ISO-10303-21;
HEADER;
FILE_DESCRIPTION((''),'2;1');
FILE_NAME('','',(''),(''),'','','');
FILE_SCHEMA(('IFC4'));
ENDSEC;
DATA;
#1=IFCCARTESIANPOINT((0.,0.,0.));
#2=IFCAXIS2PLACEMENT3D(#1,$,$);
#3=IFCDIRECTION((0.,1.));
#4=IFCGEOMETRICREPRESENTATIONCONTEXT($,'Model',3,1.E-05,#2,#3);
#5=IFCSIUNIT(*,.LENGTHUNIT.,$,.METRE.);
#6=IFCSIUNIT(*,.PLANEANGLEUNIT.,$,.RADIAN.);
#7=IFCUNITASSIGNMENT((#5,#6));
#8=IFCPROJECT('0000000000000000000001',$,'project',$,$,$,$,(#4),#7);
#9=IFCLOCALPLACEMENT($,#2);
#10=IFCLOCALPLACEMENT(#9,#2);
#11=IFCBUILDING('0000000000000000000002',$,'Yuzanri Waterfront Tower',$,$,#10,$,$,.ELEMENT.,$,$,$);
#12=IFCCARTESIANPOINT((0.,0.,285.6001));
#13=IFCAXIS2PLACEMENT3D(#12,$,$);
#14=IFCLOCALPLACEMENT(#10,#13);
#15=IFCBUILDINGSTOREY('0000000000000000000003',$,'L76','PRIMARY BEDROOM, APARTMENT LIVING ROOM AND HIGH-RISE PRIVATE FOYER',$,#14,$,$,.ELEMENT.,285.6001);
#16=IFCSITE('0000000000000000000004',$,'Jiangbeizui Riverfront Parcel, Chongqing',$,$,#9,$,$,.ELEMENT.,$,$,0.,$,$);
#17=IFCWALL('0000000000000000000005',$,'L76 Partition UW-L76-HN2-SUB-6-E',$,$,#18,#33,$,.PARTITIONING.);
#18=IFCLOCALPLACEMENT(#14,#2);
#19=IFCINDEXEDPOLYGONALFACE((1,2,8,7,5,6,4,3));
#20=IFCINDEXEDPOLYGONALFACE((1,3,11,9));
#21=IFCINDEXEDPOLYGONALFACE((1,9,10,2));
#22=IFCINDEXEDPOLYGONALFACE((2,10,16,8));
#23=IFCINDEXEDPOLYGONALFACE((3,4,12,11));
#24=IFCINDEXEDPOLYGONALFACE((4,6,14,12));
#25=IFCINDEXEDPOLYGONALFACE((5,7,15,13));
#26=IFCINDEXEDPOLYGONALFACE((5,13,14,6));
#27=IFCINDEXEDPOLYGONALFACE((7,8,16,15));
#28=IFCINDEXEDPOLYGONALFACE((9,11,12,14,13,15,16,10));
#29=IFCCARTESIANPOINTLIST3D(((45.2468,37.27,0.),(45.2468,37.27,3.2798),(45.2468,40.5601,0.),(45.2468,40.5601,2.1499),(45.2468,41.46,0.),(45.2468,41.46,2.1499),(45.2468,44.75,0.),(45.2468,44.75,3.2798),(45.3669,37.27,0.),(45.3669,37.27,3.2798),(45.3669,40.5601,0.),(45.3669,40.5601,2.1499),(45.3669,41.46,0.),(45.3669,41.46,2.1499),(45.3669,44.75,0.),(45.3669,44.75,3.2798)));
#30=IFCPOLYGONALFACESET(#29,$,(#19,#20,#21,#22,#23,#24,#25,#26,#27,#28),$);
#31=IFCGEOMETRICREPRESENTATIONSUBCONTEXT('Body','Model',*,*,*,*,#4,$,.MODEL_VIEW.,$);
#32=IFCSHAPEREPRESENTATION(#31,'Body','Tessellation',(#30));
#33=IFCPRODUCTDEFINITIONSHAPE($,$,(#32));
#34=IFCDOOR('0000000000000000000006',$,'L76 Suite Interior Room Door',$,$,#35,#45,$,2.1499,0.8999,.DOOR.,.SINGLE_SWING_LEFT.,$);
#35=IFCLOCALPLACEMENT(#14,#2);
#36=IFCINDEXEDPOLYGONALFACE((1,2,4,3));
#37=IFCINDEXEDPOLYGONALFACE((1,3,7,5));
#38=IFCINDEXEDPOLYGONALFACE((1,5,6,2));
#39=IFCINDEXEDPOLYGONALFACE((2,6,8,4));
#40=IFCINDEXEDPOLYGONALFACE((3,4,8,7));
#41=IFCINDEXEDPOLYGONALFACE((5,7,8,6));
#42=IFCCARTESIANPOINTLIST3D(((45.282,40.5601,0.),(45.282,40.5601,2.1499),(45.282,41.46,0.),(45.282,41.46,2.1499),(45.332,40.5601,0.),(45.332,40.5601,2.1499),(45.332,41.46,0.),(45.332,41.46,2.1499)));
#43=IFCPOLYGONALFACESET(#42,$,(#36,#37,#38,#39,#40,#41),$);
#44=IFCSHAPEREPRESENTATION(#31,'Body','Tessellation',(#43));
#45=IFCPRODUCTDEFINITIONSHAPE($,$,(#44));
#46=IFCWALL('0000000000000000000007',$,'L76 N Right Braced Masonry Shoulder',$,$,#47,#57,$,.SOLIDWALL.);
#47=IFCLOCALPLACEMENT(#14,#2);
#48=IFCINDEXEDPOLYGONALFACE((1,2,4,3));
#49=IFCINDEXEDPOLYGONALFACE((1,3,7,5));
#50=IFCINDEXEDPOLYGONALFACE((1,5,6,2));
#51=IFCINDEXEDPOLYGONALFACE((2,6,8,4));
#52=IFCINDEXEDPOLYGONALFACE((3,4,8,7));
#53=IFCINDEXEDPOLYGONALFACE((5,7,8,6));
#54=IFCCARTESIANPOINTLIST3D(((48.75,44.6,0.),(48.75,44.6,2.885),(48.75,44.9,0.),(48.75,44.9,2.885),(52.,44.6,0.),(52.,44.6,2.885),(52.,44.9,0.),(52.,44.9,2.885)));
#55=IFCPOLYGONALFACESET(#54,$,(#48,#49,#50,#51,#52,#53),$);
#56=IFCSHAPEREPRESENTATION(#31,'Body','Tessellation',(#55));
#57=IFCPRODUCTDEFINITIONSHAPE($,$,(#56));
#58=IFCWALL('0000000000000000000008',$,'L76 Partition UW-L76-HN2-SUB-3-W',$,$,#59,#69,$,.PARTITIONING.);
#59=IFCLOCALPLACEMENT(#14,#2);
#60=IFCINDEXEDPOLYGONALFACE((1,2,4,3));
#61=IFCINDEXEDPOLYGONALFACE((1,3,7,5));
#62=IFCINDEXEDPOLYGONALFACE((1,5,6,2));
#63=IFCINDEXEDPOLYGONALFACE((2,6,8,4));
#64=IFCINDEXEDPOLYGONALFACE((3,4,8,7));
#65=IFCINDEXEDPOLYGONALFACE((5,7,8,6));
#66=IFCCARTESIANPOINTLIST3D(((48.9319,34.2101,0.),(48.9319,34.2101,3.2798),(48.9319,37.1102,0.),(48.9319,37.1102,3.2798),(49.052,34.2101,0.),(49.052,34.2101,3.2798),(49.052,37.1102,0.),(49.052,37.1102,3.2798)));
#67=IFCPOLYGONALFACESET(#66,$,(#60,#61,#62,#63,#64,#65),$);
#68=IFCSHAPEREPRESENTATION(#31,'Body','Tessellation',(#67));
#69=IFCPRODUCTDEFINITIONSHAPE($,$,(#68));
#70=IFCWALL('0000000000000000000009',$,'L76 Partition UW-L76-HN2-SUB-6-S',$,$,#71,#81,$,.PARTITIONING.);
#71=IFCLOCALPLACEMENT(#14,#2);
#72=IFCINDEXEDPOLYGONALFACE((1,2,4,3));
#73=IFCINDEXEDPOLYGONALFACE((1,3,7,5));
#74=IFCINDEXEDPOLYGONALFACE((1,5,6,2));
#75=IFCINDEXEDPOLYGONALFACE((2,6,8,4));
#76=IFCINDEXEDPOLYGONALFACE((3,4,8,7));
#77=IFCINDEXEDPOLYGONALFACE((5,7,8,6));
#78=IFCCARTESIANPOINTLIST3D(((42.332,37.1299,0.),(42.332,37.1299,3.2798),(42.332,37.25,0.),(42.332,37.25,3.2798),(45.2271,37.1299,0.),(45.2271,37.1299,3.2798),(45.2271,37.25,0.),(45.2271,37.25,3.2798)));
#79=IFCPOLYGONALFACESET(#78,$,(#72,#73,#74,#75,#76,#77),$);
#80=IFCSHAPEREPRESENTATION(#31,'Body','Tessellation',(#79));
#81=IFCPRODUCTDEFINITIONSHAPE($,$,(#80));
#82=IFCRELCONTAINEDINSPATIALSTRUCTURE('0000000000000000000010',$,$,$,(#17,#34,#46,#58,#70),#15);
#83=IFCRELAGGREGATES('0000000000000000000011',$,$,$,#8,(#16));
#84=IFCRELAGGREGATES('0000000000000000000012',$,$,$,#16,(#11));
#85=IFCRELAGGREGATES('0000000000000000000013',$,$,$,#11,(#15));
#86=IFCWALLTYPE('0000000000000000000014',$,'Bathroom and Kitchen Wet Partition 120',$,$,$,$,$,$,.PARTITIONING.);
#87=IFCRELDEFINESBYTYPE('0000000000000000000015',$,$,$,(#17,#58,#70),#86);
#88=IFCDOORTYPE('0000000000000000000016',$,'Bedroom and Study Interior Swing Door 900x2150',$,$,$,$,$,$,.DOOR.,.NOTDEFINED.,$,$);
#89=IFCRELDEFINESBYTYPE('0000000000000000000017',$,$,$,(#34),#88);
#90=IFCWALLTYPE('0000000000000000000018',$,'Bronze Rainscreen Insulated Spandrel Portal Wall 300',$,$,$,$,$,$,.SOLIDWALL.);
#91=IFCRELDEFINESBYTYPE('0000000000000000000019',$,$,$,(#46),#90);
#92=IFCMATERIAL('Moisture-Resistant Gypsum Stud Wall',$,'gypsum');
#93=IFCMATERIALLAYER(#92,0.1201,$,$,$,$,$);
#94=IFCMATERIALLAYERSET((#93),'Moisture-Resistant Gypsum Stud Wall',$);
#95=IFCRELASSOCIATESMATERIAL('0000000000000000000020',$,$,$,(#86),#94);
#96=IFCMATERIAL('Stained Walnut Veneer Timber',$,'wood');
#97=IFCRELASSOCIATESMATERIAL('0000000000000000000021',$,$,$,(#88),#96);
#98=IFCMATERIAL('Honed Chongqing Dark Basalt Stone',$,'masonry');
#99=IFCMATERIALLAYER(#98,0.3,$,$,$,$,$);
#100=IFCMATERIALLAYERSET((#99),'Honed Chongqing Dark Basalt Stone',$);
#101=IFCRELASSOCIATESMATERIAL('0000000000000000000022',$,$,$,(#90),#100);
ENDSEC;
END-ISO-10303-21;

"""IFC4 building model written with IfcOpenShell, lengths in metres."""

from ifc_helpers import new_model, si_unit, direction, frame, frame_2d, origin, place, context, subcontext, project, spatial, rectangle, extrude, source, transform, mapped, material, layer, layer_set, type_object, element, fill, save


model = new_model("IFC4")

# Units and contexts
model_context = context("Model", 3, precision=1e-05, world=origin(), true_north=direction((0.0, 1.0)))
body_context = subcontext(model_context, "Body", "Model", "MODEL_VIEW")
ifc_project = project(units=[si_unit("LENGTHUNIT", "METRE"), si_unit("PLANEANGLEUNIT", "RADIAN")], contexts=[model_context])

# Site, building, storey
site_placement = place(None, origin())
site = spatial("IfcSite", under=ifc_project, at=site_placement, Name="Jiangbeizui Riverfront Parcel, Chongqing", CompositionType="ELEMENT", RefElevation=0.0)
building_placement = place(site_placement, origin())
building = spatial("IfcBuilding", under=site, at=building_placement, Name="Yuzanri Waterfront Tower", CompositionType="ELEMENT")
storey_placement = place(building_placement, frame((0.0, 0.0, 285.6001)))
storey = spatial("IfcBuildingStorey", under=building, at=storey_placement, Name="L76", Description="PRIMARY BEDROOM, APARTMENT LIVING ROOM AND HIGH-RISE PRIVATE FOYER", CompositionType="ELEMENT", Elevation=285.6001)

# Wall, opening, door
ifc_material_1 = material(Name="Moisture-Resistant Gypsum Stud Wall", Category="gypsum")
ifc_layer_1 = layer(ifc_material_1, 0.1201)
ifc_layer_set_1 = layer_set([ifc_layer_1], Name="Moisture-Resistant Gypsum Stud Wall")
wall_type_1 = type_object("IfcWallType", Name="Bathroom and Kitchen Wet Partition 120", PredefinedType="PARTITIONING", material=ifc_layer_set_1)
ifc_material_2 = material(Name="Stained Walnut Veneer Timber", Category="wood")
door_type_1 = type_object("IfcDoorType", Name="Bedroom and Study Interior Swing Door 900x2150", OperationType="NOTDEFINED", PredefinedType="DOOR", material=ifc_material_2)
shared_shape_1 = source(origin(), body_context, "Body", "SweptSolid", [
    extrude(rectangle(XDim=0.8999, YDim=2.1499, at=frame_2d((0.45, 1.075))), frame((0.0, 0.0249, 0.0), z_axis=(0.0, -1.0, 0.0), x_axis=(1.0, 0.0, 0.0)), (0.0, 0.0, 1.0), 0.05),
])
wall_1_placement = place(storey_placement, frame((45.3069, 37.27, 0.0), z_axis=(0.0, 0.0, 1.0), x_axis=(0.0, 1.0, 0.0)))
wall_1 = element("IfcWall", 1, at=wall_1_placement, inside=storey, type_object=wall_type_1, Name="L76 Partition UW-L76-HN2-SUB-6-E", PredefinedType="PARTITIONING", context=body_context, shape_type="SweptSolid", body=[
    extrude(rectangle(XDim=7.48, YDim=0.1201, at=frame_2d((3.74, 0.0))), origin(), (0.0, 0.0, 1.0), 3.2798),
])
opening_1_placement = place(wall_1_placement, frame((3.29, 0.0, 0.0)))
opening_1 = element("IfcOpeningElement", 2, at=opening_1_placement, cuts=wall_1, PredefinedType="OPENING", context=body_context, shape_type="SweptSolid", body=[
    extrude(rectangle(XDim=0.8999, YDim=2.1499, at=frame_2d((0.45, 1.075))), frame((0.0, 0.075, 0.0), z_axis=(0.0, -1.0, 0.0), x_axis=(1.0, 0.0, 0.0)), (0.0, 0.0, 1.0), 0.1499),
])
door_1_placement = place(opening_1_placement, origin())
door_1 = element("IfcDoor", 3, at=door_1_placement, inside=storey, type_object=door_type_1, Name="L76 Suite Interior Room Door", OperationType="SINGLE_SWING_LEFT", OverallHeight=2.1499, OverallWidth=0.8999, PredefinedType="DOOR", context=body_context, shape_type="MappedRepresentation", body=[
    mapped(shared_shape_1, transform((0.0, 0.0, 0.0), scale=1.0)),
])
fill(opening_1, door_1)

# Walls
ifc_material_3 = material(Name="Honed Chongqing Dark Basalt Stone", Category="masonry")
ifc_layer_2 = layer(ifc_material_3, 0.3)
ifc_layer_set_2 = layer_set([ifc_layer_2], Name="Honed Chongqing Dark Basalt Stone")
wall_type_2 = type_object("IfcWallType", Name="Bronze Rainscreen Insulated Spandrel Portal Wall 300", PredefinedType="SOLIDWALL", material=ifc_layer_set_2)
shared_shape_2 = source(origin(), body_context, "Body", "SweptSolid", [
    extrude(rectangle(XDim=3.25, YDim=0.3, at=frame_2d((1.625, 0.0))), origin(), (0.0, 0.0, 1.0), 2.885),
])
wall_2_placement = place(storey_placement, frame((48.75, 44.75, 0.0), z_axis=(0.0, 0.0, 1.0), x_axis=(1.0, 0.0, 0.0)))
element("IfcWall", 4, at=wall_2_placement, inside=storey, type_object=wall_type_2, Name="L76 N Right Braced Masonry Shoulder", PredefinedType="SOLIDWALL", context=body_context, shape_type="MappedRepresentation", body=[
    mapped(shared_shape_2, transform((0.0, 0.0, 0.0), scale=1.0)),
])
shared_shape_3 = source(origin(), body_context, "Body", "SweptSolid", [
    extrude(rectangle(XDim=2.9001, YDim=0.1201, at=frame_2d((1.4502, 0.0))), origin(), (0.0, 0.0, 1.0), 3.2798),
])
wall_3_placement = place(storey_placement, frame((48.9919, 34.21, 0.0), z_axis=(0.0, 0.0, 1.0), x_axis=(0.0, 1.0, 0.0)))
element("IfcWall", 5, at=wall_3_placement, inside=storey, type_object=wall_type_1, Name="L76 Partition UW-L76-HN2-SUB-3-W", PredefinedType="PARTITIONING", context=body_context, shape_type="MappedRepresentation", body=[
    mapped(shared_shape_3, transform((0.0, 0.0, 0.0), scale=1.0)),
])
shared_shape_4 = source(origin(), body_context, "Body", "SweptSolid", [
    extrude(rectangle(XDim=2.895, YDim=0.1201, at=frame_2d((1.4475, 0.0))), origin(), (0.0, 0.0, 1.0), 3.2798),
])
wall_4_placement = place(storey_placement, frame((42.332, 37.1899, 0.0), z_axis=(0.0, 0.0, 1.0), x_axis=(1.0, 0.0, 0.0)))
element("IfcWall", 6, at=wall_4_placement, inside=storey, type_object=wall_type_1, Name="L76 Partition UW-L76-HN2-SUB-6-S", PredefinedType="PARTITIONING", context=body_context, shape_type="MappedRepresentation", body=[
    mapped(shared_shape_4, transform((0.0, 0.0, 0.0), scale=1.0)),
])

save(model, "model.ifc")
